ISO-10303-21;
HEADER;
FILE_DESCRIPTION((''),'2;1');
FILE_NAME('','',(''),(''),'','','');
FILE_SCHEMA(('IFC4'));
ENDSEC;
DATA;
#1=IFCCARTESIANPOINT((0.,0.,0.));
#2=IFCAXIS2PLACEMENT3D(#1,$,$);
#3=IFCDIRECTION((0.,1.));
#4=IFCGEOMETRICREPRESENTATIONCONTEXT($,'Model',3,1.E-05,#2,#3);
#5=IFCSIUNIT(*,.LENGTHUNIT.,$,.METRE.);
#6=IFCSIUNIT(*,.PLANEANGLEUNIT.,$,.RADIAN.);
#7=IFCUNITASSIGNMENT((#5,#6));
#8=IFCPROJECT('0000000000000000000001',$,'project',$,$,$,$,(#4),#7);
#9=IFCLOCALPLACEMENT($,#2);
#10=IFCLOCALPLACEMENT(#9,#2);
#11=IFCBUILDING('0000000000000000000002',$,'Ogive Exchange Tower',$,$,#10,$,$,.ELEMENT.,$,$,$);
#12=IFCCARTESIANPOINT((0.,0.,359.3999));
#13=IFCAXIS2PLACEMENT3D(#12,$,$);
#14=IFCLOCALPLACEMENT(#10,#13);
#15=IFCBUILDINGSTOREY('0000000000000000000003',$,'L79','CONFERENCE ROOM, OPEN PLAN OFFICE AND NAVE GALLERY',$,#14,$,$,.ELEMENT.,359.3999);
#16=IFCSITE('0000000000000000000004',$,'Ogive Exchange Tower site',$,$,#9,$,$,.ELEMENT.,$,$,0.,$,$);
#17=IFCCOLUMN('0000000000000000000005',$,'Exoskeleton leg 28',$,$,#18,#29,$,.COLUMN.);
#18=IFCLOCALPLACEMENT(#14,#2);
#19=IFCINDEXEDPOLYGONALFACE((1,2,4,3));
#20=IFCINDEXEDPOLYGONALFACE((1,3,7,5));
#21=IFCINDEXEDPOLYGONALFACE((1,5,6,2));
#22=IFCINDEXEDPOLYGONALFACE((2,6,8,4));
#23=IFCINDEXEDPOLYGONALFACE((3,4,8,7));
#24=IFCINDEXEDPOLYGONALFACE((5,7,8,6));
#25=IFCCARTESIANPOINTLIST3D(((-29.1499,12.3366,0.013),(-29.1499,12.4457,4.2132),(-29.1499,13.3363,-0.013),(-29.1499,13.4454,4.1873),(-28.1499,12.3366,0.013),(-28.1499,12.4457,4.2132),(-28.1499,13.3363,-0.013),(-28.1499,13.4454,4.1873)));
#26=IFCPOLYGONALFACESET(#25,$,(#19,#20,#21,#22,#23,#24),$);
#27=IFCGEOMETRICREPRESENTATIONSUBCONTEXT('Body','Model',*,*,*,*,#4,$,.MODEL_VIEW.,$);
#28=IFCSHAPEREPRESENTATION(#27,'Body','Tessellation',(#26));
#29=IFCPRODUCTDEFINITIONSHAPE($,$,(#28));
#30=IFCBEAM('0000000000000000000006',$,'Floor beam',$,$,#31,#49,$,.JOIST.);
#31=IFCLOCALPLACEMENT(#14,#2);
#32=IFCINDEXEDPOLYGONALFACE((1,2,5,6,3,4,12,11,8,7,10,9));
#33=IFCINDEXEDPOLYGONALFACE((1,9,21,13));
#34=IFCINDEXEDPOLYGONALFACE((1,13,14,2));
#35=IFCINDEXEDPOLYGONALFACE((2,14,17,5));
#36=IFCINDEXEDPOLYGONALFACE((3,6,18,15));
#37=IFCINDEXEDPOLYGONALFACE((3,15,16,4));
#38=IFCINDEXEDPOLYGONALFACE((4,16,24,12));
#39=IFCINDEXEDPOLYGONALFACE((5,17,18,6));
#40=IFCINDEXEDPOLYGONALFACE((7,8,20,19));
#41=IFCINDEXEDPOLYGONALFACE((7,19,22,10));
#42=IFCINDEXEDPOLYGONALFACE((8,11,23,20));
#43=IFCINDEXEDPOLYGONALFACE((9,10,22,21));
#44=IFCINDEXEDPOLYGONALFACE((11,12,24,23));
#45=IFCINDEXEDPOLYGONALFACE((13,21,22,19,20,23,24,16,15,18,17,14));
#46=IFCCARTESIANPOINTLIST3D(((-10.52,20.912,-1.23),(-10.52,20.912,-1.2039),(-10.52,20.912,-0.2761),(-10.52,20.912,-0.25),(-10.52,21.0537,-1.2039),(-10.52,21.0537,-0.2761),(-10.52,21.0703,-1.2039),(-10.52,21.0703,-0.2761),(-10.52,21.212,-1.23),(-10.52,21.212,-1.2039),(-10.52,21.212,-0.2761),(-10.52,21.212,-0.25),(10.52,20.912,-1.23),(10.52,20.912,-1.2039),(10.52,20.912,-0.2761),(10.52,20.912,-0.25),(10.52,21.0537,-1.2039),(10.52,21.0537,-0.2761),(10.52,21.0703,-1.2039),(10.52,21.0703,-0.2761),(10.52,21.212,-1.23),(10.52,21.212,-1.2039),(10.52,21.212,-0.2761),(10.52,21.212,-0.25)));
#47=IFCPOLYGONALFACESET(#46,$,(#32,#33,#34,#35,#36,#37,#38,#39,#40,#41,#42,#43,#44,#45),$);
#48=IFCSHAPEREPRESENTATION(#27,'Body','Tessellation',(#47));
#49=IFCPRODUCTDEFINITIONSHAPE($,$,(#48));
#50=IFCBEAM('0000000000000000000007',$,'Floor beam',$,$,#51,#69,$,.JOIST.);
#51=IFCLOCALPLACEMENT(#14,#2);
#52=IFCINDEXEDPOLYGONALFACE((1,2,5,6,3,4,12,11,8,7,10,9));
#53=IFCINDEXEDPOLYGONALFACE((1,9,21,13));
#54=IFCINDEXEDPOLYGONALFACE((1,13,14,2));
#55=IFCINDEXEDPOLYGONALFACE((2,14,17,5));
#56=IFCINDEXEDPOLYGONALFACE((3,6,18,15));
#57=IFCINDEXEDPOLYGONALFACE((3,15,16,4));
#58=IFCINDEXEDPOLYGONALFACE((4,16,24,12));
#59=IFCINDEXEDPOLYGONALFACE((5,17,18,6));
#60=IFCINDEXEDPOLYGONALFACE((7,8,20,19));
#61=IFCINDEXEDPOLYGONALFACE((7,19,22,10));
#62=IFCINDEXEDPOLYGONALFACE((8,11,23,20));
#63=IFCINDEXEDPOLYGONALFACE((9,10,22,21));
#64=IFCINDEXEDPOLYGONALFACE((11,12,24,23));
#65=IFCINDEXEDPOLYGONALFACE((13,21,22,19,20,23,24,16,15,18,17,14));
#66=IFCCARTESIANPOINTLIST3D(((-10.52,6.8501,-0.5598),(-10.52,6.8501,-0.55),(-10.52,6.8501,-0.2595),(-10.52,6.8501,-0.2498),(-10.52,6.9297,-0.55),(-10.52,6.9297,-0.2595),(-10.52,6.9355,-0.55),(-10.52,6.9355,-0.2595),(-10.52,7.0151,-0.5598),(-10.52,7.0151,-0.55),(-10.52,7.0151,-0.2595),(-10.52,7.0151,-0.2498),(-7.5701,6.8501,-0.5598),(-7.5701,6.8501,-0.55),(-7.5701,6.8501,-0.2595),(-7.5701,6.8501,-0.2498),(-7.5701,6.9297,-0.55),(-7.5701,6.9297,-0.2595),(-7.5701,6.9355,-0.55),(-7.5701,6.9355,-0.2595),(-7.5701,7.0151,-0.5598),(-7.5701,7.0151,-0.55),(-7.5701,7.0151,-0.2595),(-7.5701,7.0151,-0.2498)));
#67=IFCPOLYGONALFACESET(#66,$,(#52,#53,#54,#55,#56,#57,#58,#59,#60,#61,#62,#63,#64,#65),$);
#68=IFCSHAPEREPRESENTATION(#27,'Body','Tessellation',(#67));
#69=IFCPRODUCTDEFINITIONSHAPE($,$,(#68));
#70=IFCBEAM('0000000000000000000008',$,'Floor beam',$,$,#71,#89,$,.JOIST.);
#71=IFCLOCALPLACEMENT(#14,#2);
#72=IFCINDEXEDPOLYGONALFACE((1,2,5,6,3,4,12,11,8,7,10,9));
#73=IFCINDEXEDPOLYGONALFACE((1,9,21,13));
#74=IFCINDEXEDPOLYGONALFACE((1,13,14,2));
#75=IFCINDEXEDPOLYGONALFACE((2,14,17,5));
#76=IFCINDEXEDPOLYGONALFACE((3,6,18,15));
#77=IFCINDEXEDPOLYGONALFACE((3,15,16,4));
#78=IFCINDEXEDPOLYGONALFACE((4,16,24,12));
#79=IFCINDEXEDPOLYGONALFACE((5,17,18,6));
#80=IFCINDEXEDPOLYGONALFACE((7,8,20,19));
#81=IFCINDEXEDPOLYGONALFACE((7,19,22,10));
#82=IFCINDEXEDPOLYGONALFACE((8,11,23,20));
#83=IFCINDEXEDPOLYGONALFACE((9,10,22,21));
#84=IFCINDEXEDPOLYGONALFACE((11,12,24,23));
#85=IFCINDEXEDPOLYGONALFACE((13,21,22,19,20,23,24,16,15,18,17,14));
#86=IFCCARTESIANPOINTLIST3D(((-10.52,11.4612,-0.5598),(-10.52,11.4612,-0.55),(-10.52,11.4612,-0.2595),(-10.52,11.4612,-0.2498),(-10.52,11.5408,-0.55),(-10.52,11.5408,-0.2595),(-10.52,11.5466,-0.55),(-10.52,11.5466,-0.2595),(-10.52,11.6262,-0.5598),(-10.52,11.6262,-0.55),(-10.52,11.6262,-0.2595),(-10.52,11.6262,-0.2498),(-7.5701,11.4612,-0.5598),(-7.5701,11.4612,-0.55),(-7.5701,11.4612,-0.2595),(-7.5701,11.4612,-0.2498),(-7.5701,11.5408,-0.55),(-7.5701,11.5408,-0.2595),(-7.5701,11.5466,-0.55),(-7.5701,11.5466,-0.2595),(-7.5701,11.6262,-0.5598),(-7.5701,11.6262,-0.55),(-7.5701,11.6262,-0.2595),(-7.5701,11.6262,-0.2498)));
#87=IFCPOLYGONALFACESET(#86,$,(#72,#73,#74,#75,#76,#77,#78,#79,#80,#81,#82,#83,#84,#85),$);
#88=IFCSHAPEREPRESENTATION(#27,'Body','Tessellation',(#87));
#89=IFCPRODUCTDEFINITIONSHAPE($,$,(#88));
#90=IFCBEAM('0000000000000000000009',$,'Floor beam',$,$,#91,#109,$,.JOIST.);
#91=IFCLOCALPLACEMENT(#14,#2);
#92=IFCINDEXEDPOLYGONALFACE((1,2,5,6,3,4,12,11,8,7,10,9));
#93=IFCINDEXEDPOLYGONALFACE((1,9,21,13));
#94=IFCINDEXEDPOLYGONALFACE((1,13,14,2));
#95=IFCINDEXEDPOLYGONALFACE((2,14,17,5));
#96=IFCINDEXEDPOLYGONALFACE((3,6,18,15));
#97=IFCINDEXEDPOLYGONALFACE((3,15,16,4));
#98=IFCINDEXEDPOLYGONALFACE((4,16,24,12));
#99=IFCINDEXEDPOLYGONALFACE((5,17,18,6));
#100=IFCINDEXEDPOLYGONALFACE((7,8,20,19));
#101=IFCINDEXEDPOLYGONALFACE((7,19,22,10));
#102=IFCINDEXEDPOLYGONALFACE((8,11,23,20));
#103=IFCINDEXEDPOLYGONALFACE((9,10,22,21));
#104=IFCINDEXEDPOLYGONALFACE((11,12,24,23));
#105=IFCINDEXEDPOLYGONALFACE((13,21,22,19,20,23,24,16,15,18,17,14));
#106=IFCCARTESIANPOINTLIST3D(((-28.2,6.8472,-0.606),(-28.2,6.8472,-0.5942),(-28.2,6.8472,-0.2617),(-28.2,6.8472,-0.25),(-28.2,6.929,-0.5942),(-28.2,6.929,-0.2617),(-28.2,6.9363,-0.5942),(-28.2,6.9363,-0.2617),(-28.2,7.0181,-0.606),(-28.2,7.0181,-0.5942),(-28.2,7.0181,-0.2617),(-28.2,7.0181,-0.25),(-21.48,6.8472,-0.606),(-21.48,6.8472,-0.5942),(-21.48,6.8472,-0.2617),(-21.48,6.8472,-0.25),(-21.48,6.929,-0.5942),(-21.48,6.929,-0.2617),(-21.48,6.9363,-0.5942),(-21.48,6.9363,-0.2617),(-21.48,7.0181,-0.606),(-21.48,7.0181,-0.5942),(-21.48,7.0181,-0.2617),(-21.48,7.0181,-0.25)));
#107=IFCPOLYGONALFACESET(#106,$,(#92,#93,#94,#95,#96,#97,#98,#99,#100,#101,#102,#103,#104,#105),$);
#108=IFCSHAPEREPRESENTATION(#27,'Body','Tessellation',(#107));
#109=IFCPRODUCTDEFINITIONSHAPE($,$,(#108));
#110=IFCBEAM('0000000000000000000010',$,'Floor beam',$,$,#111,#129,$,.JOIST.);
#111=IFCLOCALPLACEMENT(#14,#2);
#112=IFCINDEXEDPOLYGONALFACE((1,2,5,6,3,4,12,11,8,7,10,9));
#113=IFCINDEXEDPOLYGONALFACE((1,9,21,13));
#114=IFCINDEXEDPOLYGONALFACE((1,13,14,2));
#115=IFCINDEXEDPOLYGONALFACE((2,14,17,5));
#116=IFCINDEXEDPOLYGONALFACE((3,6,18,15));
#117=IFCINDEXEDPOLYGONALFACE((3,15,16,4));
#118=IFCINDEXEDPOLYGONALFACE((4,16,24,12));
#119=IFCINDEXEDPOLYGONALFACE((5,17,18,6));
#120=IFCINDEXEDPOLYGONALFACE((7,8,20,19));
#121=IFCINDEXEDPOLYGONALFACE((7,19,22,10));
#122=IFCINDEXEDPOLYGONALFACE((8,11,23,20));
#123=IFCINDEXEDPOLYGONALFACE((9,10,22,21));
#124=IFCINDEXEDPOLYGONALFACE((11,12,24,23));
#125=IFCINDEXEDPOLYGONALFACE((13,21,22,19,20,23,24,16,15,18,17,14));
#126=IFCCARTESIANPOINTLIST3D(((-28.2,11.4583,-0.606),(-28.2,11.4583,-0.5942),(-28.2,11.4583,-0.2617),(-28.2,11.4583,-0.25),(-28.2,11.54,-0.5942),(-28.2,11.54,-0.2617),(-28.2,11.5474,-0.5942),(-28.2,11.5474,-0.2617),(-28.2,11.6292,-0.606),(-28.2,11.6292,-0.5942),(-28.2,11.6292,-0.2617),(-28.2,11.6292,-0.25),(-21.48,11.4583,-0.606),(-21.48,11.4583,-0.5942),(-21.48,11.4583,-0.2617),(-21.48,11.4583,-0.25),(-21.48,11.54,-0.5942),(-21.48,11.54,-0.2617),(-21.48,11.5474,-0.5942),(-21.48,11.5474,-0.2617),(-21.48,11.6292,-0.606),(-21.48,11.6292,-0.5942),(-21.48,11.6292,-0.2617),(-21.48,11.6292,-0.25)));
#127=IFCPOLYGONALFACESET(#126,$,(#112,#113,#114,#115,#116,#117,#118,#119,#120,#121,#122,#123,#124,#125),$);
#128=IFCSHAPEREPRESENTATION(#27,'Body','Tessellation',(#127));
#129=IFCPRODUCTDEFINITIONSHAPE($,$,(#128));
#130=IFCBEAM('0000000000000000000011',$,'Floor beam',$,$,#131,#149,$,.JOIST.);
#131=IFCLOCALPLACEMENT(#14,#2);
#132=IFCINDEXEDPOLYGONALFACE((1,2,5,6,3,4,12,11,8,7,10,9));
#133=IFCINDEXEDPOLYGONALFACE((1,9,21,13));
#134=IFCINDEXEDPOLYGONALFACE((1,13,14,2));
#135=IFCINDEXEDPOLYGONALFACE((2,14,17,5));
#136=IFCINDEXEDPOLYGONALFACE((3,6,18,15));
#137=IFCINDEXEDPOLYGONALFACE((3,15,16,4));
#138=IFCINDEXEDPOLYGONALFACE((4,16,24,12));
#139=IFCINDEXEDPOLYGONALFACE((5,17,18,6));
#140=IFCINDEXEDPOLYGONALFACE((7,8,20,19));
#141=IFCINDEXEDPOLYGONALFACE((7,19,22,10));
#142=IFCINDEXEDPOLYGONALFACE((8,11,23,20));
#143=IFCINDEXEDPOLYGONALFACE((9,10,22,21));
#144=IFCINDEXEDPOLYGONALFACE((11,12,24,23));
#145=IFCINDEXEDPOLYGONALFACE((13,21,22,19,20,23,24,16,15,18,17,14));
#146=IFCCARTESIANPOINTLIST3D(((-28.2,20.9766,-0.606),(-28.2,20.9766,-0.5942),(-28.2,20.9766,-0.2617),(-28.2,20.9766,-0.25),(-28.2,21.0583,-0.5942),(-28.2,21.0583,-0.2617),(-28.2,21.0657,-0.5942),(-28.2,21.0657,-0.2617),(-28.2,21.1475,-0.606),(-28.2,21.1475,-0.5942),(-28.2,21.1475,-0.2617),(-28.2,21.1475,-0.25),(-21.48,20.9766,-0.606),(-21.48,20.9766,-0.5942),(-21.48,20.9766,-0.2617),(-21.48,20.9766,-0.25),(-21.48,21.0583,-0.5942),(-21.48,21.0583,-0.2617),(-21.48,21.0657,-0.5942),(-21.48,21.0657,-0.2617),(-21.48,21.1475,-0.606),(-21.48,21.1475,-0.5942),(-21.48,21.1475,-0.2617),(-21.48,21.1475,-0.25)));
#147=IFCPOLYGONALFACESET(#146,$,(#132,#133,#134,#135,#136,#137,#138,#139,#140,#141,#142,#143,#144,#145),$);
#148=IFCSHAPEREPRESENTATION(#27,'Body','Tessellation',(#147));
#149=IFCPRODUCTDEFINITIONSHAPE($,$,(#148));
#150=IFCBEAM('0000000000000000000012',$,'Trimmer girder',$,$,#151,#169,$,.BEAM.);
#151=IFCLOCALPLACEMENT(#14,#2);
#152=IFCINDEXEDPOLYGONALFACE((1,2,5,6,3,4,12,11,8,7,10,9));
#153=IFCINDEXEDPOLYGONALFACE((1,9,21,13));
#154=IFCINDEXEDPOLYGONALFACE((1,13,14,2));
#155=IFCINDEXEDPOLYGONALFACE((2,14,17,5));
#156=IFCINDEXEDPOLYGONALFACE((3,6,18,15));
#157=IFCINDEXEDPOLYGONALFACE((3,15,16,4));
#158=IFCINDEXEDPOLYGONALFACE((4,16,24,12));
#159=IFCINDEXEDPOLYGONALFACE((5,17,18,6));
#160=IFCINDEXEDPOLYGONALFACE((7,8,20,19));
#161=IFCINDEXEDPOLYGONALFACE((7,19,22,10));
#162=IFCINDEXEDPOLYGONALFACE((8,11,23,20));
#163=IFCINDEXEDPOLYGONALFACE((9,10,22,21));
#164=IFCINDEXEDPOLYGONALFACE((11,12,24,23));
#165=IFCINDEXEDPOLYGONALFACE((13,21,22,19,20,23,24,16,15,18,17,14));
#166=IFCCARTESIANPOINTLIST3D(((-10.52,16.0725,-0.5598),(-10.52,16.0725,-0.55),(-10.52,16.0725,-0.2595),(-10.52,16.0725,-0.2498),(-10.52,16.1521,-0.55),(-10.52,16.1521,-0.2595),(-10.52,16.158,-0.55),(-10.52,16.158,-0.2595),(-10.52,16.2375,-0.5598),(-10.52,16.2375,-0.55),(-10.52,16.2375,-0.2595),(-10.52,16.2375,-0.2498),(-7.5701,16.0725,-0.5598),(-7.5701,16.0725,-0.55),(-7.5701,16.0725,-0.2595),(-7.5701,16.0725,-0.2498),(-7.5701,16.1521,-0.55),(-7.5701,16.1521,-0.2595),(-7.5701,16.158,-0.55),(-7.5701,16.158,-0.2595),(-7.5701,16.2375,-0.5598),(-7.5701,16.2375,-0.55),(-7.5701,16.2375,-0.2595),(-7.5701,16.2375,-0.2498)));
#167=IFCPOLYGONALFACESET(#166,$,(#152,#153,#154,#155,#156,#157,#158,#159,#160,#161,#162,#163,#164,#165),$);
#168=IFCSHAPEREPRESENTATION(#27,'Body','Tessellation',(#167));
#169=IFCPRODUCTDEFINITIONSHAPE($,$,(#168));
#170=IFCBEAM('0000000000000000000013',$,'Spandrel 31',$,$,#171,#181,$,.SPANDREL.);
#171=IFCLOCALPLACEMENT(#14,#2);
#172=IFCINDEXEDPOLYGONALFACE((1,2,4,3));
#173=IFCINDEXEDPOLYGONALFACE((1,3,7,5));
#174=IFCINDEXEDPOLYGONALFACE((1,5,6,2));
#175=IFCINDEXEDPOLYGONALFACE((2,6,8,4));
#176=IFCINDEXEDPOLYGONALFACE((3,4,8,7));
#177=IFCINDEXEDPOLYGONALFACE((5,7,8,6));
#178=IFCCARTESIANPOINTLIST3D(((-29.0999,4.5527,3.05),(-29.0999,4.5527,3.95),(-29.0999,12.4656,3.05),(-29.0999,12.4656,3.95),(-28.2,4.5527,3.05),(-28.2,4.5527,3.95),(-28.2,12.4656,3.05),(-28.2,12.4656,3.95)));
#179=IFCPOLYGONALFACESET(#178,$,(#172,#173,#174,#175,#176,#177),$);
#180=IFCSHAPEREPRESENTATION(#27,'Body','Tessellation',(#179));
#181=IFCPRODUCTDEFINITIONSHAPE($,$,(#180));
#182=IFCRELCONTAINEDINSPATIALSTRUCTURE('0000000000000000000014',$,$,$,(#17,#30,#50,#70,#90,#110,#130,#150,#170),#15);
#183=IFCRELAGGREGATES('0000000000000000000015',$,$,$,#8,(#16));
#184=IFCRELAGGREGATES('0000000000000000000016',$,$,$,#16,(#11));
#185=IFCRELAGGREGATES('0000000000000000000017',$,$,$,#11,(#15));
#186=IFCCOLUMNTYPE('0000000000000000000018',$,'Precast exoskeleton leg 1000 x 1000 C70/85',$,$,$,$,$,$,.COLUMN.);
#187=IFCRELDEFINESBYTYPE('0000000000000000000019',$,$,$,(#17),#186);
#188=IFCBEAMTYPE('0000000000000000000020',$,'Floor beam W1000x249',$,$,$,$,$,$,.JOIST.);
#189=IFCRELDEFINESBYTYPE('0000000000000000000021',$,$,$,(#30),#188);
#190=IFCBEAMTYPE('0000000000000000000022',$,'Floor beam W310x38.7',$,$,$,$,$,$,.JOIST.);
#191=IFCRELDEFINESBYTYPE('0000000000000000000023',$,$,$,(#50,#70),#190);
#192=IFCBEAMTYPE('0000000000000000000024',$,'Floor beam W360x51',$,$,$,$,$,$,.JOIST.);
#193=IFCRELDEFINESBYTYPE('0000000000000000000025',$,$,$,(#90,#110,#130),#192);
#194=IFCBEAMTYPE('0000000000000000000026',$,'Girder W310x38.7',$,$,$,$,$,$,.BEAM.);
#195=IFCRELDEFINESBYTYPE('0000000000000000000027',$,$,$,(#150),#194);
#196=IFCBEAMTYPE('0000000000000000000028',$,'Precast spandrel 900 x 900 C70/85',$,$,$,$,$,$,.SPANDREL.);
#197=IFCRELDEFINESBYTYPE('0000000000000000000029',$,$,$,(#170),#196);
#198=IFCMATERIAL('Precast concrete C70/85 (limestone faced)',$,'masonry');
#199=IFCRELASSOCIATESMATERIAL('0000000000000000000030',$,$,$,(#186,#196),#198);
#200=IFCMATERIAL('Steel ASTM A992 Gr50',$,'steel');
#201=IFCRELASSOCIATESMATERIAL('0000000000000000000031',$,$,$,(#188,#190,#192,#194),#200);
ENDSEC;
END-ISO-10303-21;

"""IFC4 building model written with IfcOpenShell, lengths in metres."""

from ifc_helpers import new_model, si_unit, direction, frame, origin, origin_2d, place, context, subcontext, project, spatial, rectangle, i_section, extrude, material, material_profile, profile_set, type_object, element, save


model = new_model("IFC4")

# Units and contexts
model_context = context("Model", 3, precision=1e-05, world=origin(), true_north=direction((0.0, 1.0)))
body_context = subcontext(model_context, "Body", "Model", "MODEL_VIEW")
ifc_project = project(units=[si_unit("LENGTHUNIT", "METRE"), si_unit("PLANEANGLEUNIT", "RADIAN")], contexts=[model_context])

# Site, building, storey
site_placement = place(None, origin())
site = spatial("IfcSite", under=ifc_project, at=site_placement, Name="Ogive Exchange Tower site", CompositionType="ELEMENT", RefElevation=0.0)
building_placement = place(site_placement, origin())
building = spatial("IfcBuilding", under=site, at=building_placement, Name="Ogive Exchange Tower", CompositionType="ELEMENT")
storey_placement = place(building_placement, frame((0.0, 0.0, 359.3999)))
storey = spatial("IfcBuildingStorey", under=building, at=storey_placement, Name="L79", Description="CONFERENCE ROOM, OPEN PLAN OFFICE AND NAVE GALLERY", CompositionType="ELEMENT", Elevation=359.3999)

# Column
ifc_material_1 = material(Name="Precast concrete C70/85 (limestone faced)", Category="masonry")
ifc_material_profile_1 = material_profile(ifc_material_1, rectangle(XDim=1.0, YDim=1.0, at=origin_2d()), Name="1000 x 1000")
ifc_profile_set_1 = profile_set([ifc_material_profile_1], Name="Precast concrete C70/85 (limestone faced)")
column_type = type_object("IfcColumnType", Name="Precast exoskeleton leg 1000 x 1000 C70/85", PredefinedType="COLUMN", material=ifc_profile_set_1)
column_placement = place(storey_placement, frame((-28.6499, 12.8364, 0.0), z_axis=(0.0, 0.025974, 0.999663), x_axis=(-1.0, 0.0, 0.0)))
element("IfcColumn", 1, at=column_placement, inside=storey, type_object=column_type, Name="Exoskeleton leg 28", PredefinedType="COLUMN", context=body_context, shape_type="SweptSolid", body=[
    extrude(rectangle(XDim=1.0, YDim=1.0, at=origin_2d()), origin(), (0.0, 0.0, 1.0), 4.2017),
])

# Beams
ifc_material_2 = material(Name="Steel ASTM A992 Gr50", Category="steel")
ifc_material_profile_2 = material_profile(ifc_material_2, i_section(OverallWidth=0.3, OverallDepth=0.98, WebThickness=0.0166, FlangeThickness=0.0261, at=origin_2d()), Name="W1000x249")
ifc_profile_set_2 = profile_set([ifc_material_profile_2], Name="Steel ASTM A992 Gr50")
beam_type_1 = type_object("IfcBeamType", Name="Floor beam W1000x249", PredefinedType="JOIST", material=ifc_profile_set_2)
beam_1_placement = place(storey_placement, frame((-10.52, 21.062, -0.74), z_axis=(1.0, 0.0, 0.0), x_axis=(0.0, 1.0, 0.0)))
element("IfcBeam", 2, at=beam_1_placement, inside=storey, type_object=beam_type_1, Name="Floor beam", PredefinedType="JOIST", context=body_context, shape_type="SweptSolid", body=[
    extrude(i_section(OverallWidth=0.3, OverallDepth=0.98, WebThickness=0.0166, FlangeThickness=0.0261, at=origin_2d()), origin(), (0.0, 0.0, 1.0), 21.04),
])
ifc_material_profile_3 = material_profile(ifc_material_2, i_section(OverallWidth=0.165, OverallDepth=0.3101, WebThickness=0.0059, FlangeThickness=0.0098, at=origin_2d()), Name="W310x38.7")
ifc_profile_set_3 = profile_set([ifc_material_profile_3], Name="Steel ASTM A992 Gr50")
beam_type_2 = type_object("IfcBeamType", Name="Floor beam W310x38.7", PredefinedType="JOIST", material=ifc_profile_set_3)
for number, where, z_axis, x_axis, name in (
    (3, (-10.52, 6.9326, -0.4048), (1.0, 0.0, 0.0), (0.0, 1.0, 0.0), "Floor beam"),
    (4, (-10.52, 11.5437, -0.4048), (1.0, 0.0, 0.0), (0.0, 1.0, 0.0), "Floor beam"),
):
    element("IfcBeam", number, at=place(storey_placement, frame(where, z_axis=z_axis, x_axis=x_axis)), inside=storey, type_object=beam_type_2, Name=name, PredefinedType="JOIST", context=body_context, shape_type="SweptSolid", body=[
        extrude(i_section(OverallWidth=0.165, OverallDepth=0.3101, WebThickness=0.0059, FlangeThickness=0.0098, at=origin_2d()), origin(), (0.0, 0.0, 1.0), 2.95),
    ])
ifc_material_profile_4 = material_profile(ifc_material_2, i_section(OverallWidth=0.1709, OverallDepth=0.356, WebThickness=0.0073, FlangeThickness=0.0117, at=origin_2d()), Name="W360x51")
ifc_profile_set_4 = profile_set([ifc_material_profile_4], Name="Steel ASTM A992 Gr50")
beam_type_3 = type_object("IfcBeamType", Name="Floor beam W360x51", PredefinedType="JOIST", material=ifc_profile_set_4)
for number, where, z_axis, x_axis, name in (
    (5, (-28.2, 6.9326, -0.428), (1.0, 0.0, 0.0), (0.0, 1.0, 0.0), "Floor beam"),
    (6, (-28.2, 11.5437, -0.428), (1.0, 0.0, 0.0), (0.0, 1.0, 0.0), "Floor beam"),
    (7, (-28.2, 21.062, -0.428), (1.0, 0.0, 0.0), (0.0, 1.0, 0.0), "Floor beam"),
):
    element("IfcBeam", number, at=place(storey_placement, frame(where, z_axis=z_axis, x_axis=x_axis)), inside=storey, type_object=beam_type_3, Name=name, PredefinedType="JOIST", context=body_context, shape_type="SweptSolid", body=[
        extrude(i_section(OverallWidth=0.1709, OverallDepth=0.356, WebThickness=0.0073, FlangeThickness=0.0117, at=origin_2d()), origin(), (0.0, 0.0, 1.0), 6.72),
    ])
ifc_material_profile_5 = material_profile(ifc_material_2, i_section(OverallWidth=0.165, OverallDepth=0.3101, WebThickness=0.0059, FlangeThickness=0.0098, at=origin_2d()), Name="W310x38.7")
ifc_profile_set_5 = profile_set([ifc_material_profile_5], Name="Steel ASTM A992 Gr50")
beam_type_4 = type_object("IfcBeamType", Name="Girder W310x38.7", PredefinedType="BEAM", material=ifc_profile_set_5)
beam_2_placement = place(storey_placement, frame((-10.52, 16.155, -0.4048), z_axis=(1.0, 0.0, 0.0), x_axis=(0.0, 1.0, 0.0)))
element("IfcBeam", 8, at=beam_2_placement, inside=storey, type_object=beam_type_4, Name="Trimmer girder", PredefinedType="BEAM", context=body_context, shape_type="SweptSolid", body=[
    extrude(i_section(OverallWidth=0.165, OverallDepth=0.3101, WebThickness=0.0059, FlangeThickness=0.0098, at=origin_2d()), origin(), (0.0, 0.0, 1.0), 2.95),
])
ifc_material_profile_6 = material_profile(ifc_material_1, rectangle(XDim=0.8999, YDim=0.8999, at=origin_2d()), Name="900 x 900")
ifc_profile_set_6 = profile_set([ifc_material_profile_6], Name="Precast concrete C70/85 (limestone faced)")
beam_type_5 = type_object("IfcBeamType", Name="Precast spandrel 900 x 900 C70/85", PredefinedType="SPANDREL", material=ifc_profile_set_6)
beam_3_placement = place(storey_placement, frame((-28.6499, 12.4656, 3.5), z_axis=(0.0, -1.0, 0.0), x_axis=(1.0, 0.0, 0.0)))
element("IfcBeam", 9, at=beam_3_placement, inside=storey, type_object=beam_type_5, Name="Spandrel 31", PredefinedType="SPANDREL", context=body_context, shape_type="SweptSolid", body=[
    extrude(rectangle(XDim=0.8999, YDim=0.8999, at=origin_2d()), origin(), (0.0, 0.0, 1.0), 7.9128),
])

save(model, "model.ifc")
